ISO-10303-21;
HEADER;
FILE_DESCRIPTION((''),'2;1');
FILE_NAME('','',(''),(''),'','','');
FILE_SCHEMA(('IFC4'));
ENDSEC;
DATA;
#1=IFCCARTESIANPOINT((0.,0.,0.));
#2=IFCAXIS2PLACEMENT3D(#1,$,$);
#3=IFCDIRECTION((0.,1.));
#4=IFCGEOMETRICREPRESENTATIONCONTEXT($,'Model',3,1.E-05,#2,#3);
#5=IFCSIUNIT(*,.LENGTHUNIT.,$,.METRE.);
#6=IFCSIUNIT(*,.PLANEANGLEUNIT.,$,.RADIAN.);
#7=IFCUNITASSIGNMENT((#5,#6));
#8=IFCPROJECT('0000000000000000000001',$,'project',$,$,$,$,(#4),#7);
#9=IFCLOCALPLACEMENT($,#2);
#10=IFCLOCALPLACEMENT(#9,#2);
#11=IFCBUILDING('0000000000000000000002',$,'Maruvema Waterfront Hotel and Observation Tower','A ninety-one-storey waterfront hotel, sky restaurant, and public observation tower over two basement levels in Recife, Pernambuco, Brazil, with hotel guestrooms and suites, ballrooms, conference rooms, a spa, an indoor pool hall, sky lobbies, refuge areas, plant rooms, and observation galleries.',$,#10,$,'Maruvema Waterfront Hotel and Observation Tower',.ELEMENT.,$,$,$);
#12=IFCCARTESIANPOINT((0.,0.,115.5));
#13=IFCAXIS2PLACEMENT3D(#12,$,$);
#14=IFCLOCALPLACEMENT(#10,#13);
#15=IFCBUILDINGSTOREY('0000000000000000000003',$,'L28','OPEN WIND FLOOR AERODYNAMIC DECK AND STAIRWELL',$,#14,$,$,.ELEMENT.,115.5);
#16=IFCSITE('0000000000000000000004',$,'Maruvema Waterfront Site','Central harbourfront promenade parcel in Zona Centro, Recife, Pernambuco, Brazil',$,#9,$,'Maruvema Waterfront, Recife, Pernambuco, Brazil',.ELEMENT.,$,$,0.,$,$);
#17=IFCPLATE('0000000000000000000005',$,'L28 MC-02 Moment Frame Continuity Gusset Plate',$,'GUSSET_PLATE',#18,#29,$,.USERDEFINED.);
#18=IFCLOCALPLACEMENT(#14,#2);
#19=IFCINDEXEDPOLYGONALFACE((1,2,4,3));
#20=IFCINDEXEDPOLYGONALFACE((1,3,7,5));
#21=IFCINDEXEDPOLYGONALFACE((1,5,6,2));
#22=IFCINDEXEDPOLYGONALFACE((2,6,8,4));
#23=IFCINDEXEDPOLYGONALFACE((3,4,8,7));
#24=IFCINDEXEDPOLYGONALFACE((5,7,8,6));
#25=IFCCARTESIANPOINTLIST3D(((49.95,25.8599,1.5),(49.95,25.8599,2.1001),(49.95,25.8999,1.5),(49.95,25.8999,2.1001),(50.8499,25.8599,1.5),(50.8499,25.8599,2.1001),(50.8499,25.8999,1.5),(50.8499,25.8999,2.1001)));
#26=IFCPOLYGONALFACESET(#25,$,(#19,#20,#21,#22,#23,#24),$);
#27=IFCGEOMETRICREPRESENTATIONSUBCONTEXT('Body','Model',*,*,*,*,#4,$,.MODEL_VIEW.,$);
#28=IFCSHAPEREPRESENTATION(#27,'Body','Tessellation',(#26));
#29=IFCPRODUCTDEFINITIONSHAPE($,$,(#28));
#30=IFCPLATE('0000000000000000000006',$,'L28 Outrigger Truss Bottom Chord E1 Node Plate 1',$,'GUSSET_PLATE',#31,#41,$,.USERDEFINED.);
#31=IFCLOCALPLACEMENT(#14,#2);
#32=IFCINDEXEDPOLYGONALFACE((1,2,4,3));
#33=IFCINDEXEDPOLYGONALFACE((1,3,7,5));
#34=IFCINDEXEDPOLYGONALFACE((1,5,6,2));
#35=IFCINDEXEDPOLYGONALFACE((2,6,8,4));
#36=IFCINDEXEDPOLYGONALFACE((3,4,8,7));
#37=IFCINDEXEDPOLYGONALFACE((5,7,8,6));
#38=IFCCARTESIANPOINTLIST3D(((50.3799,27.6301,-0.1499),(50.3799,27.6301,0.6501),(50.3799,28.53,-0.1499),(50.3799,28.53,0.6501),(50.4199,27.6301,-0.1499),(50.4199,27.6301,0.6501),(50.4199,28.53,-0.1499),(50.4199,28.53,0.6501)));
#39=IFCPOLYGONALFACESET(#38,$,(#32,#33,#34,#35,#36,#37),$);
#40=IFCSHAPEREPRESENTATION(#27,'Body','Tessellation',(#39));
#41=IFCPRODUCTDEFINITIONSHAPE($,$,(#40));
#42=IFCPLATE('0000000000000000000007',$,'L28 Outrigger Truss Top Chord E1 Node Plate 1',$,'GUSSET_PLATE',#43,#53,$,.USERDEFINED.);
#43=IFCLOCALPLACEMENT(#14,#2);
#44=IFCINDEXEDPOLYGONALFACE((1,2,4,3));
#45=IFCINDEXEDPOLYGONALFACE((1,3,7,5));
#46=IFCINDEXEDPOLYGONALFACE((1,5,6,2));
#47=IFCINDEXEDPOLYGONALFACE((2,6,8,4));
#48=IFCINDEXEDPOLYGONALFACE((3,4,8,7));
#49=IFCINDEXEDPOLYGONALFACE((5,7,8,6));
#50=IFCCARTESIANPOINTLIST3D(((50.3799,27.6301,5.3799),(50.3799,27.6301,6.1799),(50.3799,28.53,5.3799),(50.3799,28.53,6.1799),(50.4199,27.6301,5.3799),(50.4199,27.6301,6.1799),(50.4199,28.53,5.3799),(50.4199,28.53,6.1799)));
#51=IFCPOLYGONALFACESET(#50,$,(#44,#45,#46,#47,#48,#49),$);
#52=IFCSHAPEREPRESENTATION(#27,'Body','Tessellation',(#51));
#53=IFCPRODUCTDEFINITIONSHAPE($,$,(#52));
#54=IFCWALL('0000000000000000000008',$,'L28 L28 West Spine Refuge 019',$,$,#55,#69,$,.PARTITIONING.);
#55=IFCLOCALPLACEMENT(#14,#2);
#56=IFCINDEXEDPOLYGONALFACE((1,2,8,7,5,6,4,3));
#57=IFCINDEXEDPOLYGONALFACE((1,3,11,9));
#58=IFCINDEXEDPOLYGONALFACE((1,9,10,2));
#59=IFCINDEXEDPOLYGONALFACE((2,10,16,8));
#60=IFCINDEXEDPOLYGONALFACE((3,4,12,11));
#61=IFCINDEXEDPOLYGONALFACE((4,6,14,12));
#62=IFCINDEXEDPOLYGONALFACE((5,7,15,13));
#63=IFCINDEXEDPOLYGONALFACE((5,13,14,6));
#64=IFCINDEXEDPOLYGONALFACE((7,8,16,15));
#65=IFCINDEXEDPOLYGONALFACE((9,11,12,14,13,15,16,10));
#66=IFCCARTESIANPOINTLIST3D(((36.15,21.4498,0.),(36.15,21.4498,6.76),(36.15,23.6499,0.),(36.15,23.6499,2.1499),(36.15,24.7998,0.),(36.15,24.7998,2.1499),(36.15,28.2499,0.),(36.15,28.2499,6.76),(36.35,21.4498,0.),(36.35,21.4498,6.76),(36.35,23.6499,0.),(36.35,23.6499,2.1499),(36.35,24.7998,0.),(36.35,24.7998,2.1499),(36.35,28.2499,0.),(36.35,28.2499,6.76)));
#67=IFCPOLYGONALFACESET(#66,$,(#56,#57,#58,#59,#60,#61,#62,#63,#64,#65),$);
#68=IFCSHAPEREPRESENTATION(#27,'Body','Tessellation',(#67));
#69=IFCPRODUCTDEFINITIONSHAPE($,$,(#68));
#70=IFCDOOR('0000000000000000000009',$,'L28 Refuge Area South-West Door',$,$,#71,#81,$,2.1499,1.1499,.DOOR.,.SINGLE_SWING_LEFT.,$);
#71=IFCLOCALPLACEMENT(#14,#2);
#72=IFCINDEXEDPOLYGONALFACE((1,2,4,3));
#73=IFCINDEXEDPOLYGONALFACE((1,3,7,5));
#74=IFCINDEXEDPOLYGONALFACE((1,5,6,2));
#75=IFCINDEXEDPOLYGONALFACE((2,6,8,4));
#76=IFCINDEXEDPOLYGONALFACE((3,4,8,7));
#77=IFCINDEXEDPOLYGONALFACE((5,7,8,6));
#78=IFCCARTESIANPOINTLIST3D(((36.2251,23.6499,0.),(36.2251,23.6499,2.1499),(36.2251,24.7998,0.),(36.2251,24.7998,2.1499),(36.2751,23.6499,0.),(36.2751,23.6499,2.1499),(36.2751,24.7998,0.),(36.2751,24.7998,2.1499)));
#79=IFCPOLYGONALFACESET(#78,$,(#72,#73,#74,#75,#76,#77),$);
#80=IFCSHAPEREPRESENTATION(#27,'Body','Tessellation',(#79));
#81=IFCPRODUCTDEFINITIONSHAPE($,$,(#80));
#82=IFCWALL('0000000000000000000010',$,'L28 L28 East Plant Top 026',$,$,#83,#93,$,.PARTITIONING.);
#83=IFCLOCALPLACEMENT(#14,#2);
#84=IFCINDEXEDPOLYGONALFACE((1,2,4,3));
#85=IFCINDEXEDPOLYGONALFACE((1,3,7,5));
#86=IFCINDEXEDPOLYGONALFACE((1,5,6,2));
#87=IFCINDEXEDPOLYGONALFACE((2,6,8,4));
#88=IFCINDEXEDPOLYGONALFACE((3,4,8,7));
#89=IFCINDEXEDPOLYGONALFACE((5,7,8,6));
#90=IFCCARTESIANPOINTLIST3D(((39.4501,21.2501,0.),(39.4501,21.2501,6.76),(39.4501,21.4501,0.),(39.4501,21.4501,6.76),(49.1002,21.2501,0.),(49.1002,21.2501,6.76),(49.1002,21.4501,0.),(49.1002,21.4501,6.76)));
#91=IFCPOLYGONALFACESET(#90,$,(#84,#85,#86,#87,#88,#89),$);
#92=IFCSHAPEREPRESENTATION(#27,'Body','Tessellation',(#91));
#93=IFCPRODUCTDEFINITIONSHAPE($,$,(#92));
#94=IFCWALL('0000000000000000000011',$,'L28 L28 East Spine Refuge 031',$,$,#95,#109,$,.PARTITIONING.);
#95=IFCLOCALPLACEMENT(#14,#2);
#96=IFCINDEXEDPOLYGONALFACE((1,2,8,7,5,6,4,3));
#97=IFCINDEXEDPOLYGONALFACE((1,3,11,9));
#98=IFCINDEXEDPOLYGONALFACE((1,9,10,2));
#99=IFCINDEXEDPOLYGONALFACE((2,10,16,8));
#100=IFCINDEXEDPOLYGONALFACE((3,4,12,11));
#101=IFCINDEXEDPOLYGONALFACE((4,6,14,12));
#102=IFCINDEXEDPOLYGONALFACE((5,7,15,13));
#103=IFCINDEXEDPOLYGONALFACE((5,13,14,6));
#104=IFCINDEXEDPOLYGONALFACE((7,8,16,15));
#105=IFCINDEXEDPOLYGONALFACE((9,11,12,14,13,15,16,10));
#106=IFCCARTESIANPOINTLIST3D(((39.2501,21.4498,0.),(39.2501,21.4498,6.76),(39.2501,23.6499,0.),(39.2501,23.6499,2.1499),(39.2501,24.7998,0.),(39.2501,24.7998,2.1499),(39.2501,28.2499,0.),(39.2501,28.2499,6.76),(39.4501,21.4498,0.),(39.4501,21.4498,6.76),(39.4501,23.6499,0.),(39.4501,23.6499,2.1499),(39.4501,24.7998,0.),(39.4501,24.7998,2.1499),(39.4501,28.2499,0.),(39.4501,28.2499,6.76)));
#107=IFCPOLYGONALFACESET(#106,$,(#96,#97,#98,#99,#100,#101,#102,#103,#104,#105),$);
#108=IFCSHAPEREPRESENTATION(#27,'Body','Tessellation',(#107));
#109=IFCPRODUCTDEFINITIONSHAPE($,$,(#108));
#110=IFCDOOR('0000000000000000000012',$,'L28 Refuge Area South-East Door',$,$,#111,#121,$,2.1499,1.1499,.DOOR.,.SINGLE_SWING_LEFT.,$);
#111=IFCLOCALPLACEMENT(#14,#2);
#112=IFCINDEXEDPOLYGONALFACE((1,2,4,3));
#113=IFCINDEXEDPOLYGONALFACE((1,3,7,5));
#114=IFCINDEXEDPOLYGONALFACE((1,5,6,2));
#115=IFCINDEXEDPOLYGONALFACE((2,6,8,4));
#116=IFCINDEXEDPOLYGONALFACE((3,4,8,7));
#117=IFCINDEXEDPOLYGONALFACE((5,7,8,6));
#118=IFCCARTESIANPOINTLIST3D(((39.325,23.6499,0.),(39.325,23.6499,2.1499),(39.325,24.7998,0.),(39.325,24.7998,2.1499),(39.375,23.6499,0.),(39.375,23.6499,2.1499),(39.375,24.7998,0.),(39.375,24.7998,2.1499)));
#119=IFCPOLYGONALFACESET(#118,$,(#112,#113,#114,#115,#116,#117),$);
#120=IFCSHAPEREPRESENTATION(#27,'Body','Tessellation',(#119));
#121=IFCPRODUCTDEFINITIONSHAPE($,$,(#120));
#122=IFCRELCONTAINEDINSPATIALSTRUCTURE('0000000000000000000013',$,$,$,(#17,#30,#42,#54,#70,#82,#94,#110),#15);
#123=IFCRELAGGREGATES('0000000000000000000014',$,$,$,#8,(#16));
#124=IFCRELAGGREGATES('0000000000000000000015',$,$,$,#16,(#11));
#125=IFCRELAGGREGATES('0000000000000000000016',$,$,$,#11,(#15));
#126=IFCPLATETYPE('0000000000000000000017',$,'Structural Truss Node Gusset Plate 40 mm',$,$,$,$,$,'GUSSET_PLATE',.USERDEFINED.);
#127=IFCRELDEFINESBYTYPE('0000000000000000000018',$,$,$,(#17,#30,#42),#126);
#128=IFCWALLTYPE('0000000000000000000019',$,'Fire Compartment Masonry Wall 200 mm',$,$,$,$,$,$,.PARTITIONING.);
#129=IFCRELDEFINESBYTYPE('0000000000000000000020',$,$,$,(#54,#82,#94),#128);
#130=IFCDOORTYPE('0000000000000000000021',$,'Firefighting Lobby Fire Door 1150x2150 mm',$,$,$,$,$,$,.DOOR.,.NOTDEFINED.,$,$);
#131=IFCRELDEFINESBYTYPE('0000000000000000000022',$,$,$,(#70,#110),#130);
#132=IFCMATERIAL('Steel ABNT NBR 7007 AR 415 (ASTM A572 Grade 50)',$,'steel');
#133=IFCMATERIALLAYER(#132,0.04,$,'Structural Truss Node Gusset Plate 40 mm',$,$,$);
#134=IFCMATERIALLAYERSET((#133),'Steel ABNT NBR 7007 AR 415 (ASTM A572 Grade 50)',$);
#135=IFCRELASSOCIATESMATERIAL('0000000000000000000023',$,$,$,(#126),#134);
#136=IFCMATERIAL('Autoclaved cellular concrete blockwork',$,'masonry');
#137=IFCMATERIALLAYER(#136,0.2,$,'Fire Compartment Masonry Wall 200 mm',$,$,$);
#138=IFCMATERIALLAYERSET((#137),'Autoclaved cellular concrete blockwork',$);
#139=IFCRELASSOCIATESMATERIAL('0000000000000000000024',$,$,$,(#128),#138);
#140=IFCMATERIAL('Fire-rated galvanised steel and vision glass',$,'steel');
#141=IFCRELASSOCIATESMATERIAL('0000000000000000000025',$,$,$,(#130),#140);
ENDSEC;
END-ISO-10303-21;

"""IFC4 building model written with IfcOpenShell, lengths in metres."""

from ifc_helpers import new_model, si_unit, direction, frame, frame_2d, origin, origin_2d, place, context, subcontext, project, spatial, rectangle, extrude, material, layer, layer_set, type_object, element, fill, save


model = new_model("IFC4")

# Units and contexts
model_context = context("Model", 3, precision=1e-05, world=origin(), true_north=direction((0.0, 1.0)))
body_context = subcontext(model_context, "Body", "Model", "MODEL_VIEW")
ifc_project = project(units=[si_unit("LENGTHUNIT", "METRE"), si_unit("PLANEANGLEUNIT", "RADIAN")], contexts=[model_context])

# Site, building, storey
site_placement = place(None, origin())
site = spatial("IfcSite", under=ifc_project, at=site_placement, Name="Maruvema Waterfront Site", Description="Central harbourfront promenade parcel in Zona Centro, Recife, Pernambuco, Brazil", LongName="Maruvema Waterfront, Recife, Pernambuco, Brazil", CompositionType="ELEMENT", RefElevation=0.0)
building_placement = place(site_placement, origin())
building = spatial("IfcBuilding", under=site, at=building_placement, Name="Maruvema Waterfront Hotel and Observation Tower", Description="A ninety-one-storey waterfront hotel, sky restaurant, and public observation tower over two basement levels in Recife, Pernambuco, Brazil, with hotel guestrooms and suites, ballrooms, conference rooms, a spa, an indoor pool hall, sky lobbies, refuge areas, plant rooms, and observation galleries.", LongName="Maruvema Waterfront Hotel and Observation Tower", CompositionType="ELEMENT")
storey_placement = place(building_placement, frame((0.0, 0.0, 115.5)))
storey = spatial("IfcBuildingStorey", under=building, at=storey_placement, Name="L28", Description="OPEN WIND FLOOR AERODYNAMIC DECK AND STAIRWELL", CompositionType="ELEMENT", Elevation=115.5)

# Plates
ifc_material_1 = material(Name="Steel ABNT NBR 7007 AR 415 (ASTM A572 Grade 50)", Category="steel")
ifc_layer_1 = layer(ifc_material_1, 0.04, Name="Structural Truss Node Gusset Plate 40 mm")
ifc_layer_set_1 = layer_set([ifc_layer_1], Name="Steel ABNT NBR 7007 AR 415 (ASTM A572 Grade 50)")
plate_type = type_object("IfcPlateType", Name="Structural Truss Node Gusset Plate 40 mm", ElementType="GUSSET_PLATE", PredefinedType="USERDEFINED", material=ifc_layer_set_1)
plate_placement = place(storey_placement, frame((50.3999, 25.8799, 1.5), z_axis=(0.0, 0.0, 1.0), x_axis=(1.0, 0.0, 0.0)))
element("IfcPlate", 1, at=plate_placement, inside=storey, type_object=plate_type, Name="L28 MC-02 Moment Frame Continuity Gusset Plate", ObjectType="GUSSET_PLATE", PredefinedType="USERDEFINED", context=body_context, shape_type="SweptSolid", body=[
    extrude(rectangle(XDim=0.8999, YDim=0.04, at=origin_2d()), origin(), (0.0, 0.0, 1.0), 0.6001),
])
for number, where, z_axis, x_axis, name in (
    (2, (50.3999, 28.0801, -0.1499), (0.0, 0.0, 1.0), (0.0, 1.0, 0.0), "L28 Outrigger Truss Bottom Chord E1 Node Plate 1"),
    (3, (50.3999, 28.0801, 5.3799), (0.0, 0.0, 1.0), (0.0, 1.0, 0.0), "L28 Outrigger Truss Top Chord E1 Node Plate 1"),
):
    element("IfcPlate", number, at=place(storey_placement, frame(where, z_axis=z_axis, x_axis=x_axis)), inside=storey, type_object=plate_type, Name=name, ObjectType="GUSSET_PLATE", PredefinedType="USERDEFINED", context=body_context, shape_type="SweptSolid", body=[
        extrude(rectangle(XDim=0.8999, YDim=0.04, at=origin_2d()), origin(), (0.0, 0.0, 1.0), 0.8),
    ])

# Wall, opening, door
ifc_material_2 = material(Name="Autoclaved cellular concrete blockwork", Category="masonry")
ifc_layer_2 = layer(ifc_material_2, 0.2, Name="Fire Compartment Masonry Wall 200 mm")
ifc_layer_set_2 = layer_set([ifc_layer_2], Name="Autoclaved cellular concrete blockwork")
wall_type = type_object("IfcWallType", Name="Fire Compartment Masonry Wall 200 mm", PredefinedType="PARTITIONING", material=ifc_layer_set_2)
wall_1_placement = place(storey_placement, frame((36.25, 21.45, 0.0), z_axis=(0.0, 0.0, 1.0), x_axis=(0.0, 1.0, 0.0)))
wall_1 = element("IfcWall", 4, at=wall_1_placement, inside=storey, type_object=wall_type, Name="L28 L28 West Spine Refuge 019", PredefinedType="PARTITIONING", context=body_context, shape_type="SweptSolid", body=[
    extrude(rectangle(XDim=6.8, YDim=0.2, at=frame_2d((3.3999, 0.0))), origin(), (0.0, 0.0, 1.0), 6.76),
])
opening_1_placement = place(wall_1_placement, frame((2.2, 0.0, 0.0)))
opening_1 = element("IfcOpeningElement", 5, at=opening_1_placement, cuts=wall_1, PredefinedType="OPENING", context=body_context, shape_type="SweptSolid", body=[
    extrude(rectangle(XDim=1.1499, YDim=2.1499, at=frame_2d((0.575, 1.075))), frame((0.0, 0.1099, 0.0), z_axis=(0.0, -1.0, 0.0), x_axis=(1.0, 0.0, 0.0)), (0.0, 0.0, 1.0), 0.22),
])
ifc_material_3 = material(Name="Fire-rated galvanised steel and vision glass", Category="steel")
door_type = type_object("IfcDoorType", Name="Firefighting Lobby Fire Door 1150x2150 mm", OperationType="NOTDEFINED", PredefinedType="DOOR", material=ifc_material_3)
door_1_placement = place(opening_1_placement, origin())
door_1 = element("IfcDoor", 6, at=door_1_placement, inside=storey, type_object=door_type, Name="L28 Refuge Area South-West Door", OperationType="SINGLE_SWING_LEFT", OverallHeight=2.1499, OverallWidth=1.1499, PredefinedType="DOOR", context=body_context, shape_type="SweptSolid", body=[
    extrude(rectangle(XDim=1.1499, YDim=2.1499, at=frame_2d((0.575, 1.075))), frame((0.0, 0.0249, 0.0), z_axis=(0.0, -1.0, 0.0), x_axis=(1.0, 0.0, 0.0)), (0.0, 0.0, 1.0), 0.05),
])
fill(opening_1, door_1)

# Wall
wall_2_placement = place(storey_placement, frame((39.45, 21.3501, 0.0), z_axis=(0.0, 0.0, 1.0), x_axis=(1.0, 0.0, 0.0)))
element("IfcWall", 7, at=wall_2_placement, inside=storey, type_object=wall_type, Name="L28 L28 East Plant Top 026", PredefinedType="PARTITIONING", context=body_context, shape_type="SweptSolid", body=[
    extrude(rectangle(XDim=9.6501, YDim=0.2, at=frame_2d((4.8252, 0.0))), origin(), (0.0, 0.0, 1.0), 6.76),
])

# Wall, opening, door
wall_3_placement = place(storey_placement, frame((39.3501, 21.45, 0.0), z_axis=(0.0, 0.0, 1.0), x_axis=(0.0, 1.0, 0.0)))
wall_3 = element("IfcWall", 8, at=wall_3_placement, inside=storey, type_object=wall_type, Name="L28 L28 East Spine Refuge 031", PredefinedType="PARTITIONING", context=body_context, shape_type="SweptSolid", body=[
    extrude(rectangle(XDim=6.8, YDim=0.2, at=frame_2d((3.3999, 0.0))), origin(), (0.0, 0.0, 1.0), 6.76),
])
opening_2_placement = place(wall_3_placement, frame((2.2, 0.0, 0.0)))
opening_2 = element("IfcOpeningElement", 9, at=opening_2_placement, cuts=wall_3, PredefinedType="OPENING", context=body_context, shape_type="SweptSolid", body=[
    extrude(rectangle(XDim=1.1499, YDim=2.1499, at=frame_2d((0.575, 1.075))), frame((0.0, 0.1099, 0.0), z_axis=(0.0, -1.0, 0.0), x_axis=(1.0, 0.0, 0.0)), (0.0, 0.0, 1.0), 0.22),
])
door_2_placement = place(opening_2_placement, frame((1.1499, 0.0, 0.0), z_axis=(0.0, 0.0, 1.0), x_axis=(-1.0, 0.0, 0.0)))
door_2 = element("IfcDoor", 10, at=door_2_placement, inside=storey, type_object=door_type, Name="L28 Refuge Area South-East Door", OperationType="SINGLE_SWING_LEFT", OverallHeight=2.1499, OverallWidth=1.1499, PredefinedType="DOOR", context=body_context, shape_type="SweptSolid", body=[
    extrude(rectangle(XDim=1.1499, YDim=2.1499, at=frame_2d((0.575, 1.075))), frame((0.0, 0.0249, 0.0), z_axis=(0.0, -1.0, 0.0), x_axis=(1.0, 0.0, 0.0)), (0.0, 0.0, 1.0), 0.05),
])
fill(opening_2, door_2)

save(model, "model.ifc")
